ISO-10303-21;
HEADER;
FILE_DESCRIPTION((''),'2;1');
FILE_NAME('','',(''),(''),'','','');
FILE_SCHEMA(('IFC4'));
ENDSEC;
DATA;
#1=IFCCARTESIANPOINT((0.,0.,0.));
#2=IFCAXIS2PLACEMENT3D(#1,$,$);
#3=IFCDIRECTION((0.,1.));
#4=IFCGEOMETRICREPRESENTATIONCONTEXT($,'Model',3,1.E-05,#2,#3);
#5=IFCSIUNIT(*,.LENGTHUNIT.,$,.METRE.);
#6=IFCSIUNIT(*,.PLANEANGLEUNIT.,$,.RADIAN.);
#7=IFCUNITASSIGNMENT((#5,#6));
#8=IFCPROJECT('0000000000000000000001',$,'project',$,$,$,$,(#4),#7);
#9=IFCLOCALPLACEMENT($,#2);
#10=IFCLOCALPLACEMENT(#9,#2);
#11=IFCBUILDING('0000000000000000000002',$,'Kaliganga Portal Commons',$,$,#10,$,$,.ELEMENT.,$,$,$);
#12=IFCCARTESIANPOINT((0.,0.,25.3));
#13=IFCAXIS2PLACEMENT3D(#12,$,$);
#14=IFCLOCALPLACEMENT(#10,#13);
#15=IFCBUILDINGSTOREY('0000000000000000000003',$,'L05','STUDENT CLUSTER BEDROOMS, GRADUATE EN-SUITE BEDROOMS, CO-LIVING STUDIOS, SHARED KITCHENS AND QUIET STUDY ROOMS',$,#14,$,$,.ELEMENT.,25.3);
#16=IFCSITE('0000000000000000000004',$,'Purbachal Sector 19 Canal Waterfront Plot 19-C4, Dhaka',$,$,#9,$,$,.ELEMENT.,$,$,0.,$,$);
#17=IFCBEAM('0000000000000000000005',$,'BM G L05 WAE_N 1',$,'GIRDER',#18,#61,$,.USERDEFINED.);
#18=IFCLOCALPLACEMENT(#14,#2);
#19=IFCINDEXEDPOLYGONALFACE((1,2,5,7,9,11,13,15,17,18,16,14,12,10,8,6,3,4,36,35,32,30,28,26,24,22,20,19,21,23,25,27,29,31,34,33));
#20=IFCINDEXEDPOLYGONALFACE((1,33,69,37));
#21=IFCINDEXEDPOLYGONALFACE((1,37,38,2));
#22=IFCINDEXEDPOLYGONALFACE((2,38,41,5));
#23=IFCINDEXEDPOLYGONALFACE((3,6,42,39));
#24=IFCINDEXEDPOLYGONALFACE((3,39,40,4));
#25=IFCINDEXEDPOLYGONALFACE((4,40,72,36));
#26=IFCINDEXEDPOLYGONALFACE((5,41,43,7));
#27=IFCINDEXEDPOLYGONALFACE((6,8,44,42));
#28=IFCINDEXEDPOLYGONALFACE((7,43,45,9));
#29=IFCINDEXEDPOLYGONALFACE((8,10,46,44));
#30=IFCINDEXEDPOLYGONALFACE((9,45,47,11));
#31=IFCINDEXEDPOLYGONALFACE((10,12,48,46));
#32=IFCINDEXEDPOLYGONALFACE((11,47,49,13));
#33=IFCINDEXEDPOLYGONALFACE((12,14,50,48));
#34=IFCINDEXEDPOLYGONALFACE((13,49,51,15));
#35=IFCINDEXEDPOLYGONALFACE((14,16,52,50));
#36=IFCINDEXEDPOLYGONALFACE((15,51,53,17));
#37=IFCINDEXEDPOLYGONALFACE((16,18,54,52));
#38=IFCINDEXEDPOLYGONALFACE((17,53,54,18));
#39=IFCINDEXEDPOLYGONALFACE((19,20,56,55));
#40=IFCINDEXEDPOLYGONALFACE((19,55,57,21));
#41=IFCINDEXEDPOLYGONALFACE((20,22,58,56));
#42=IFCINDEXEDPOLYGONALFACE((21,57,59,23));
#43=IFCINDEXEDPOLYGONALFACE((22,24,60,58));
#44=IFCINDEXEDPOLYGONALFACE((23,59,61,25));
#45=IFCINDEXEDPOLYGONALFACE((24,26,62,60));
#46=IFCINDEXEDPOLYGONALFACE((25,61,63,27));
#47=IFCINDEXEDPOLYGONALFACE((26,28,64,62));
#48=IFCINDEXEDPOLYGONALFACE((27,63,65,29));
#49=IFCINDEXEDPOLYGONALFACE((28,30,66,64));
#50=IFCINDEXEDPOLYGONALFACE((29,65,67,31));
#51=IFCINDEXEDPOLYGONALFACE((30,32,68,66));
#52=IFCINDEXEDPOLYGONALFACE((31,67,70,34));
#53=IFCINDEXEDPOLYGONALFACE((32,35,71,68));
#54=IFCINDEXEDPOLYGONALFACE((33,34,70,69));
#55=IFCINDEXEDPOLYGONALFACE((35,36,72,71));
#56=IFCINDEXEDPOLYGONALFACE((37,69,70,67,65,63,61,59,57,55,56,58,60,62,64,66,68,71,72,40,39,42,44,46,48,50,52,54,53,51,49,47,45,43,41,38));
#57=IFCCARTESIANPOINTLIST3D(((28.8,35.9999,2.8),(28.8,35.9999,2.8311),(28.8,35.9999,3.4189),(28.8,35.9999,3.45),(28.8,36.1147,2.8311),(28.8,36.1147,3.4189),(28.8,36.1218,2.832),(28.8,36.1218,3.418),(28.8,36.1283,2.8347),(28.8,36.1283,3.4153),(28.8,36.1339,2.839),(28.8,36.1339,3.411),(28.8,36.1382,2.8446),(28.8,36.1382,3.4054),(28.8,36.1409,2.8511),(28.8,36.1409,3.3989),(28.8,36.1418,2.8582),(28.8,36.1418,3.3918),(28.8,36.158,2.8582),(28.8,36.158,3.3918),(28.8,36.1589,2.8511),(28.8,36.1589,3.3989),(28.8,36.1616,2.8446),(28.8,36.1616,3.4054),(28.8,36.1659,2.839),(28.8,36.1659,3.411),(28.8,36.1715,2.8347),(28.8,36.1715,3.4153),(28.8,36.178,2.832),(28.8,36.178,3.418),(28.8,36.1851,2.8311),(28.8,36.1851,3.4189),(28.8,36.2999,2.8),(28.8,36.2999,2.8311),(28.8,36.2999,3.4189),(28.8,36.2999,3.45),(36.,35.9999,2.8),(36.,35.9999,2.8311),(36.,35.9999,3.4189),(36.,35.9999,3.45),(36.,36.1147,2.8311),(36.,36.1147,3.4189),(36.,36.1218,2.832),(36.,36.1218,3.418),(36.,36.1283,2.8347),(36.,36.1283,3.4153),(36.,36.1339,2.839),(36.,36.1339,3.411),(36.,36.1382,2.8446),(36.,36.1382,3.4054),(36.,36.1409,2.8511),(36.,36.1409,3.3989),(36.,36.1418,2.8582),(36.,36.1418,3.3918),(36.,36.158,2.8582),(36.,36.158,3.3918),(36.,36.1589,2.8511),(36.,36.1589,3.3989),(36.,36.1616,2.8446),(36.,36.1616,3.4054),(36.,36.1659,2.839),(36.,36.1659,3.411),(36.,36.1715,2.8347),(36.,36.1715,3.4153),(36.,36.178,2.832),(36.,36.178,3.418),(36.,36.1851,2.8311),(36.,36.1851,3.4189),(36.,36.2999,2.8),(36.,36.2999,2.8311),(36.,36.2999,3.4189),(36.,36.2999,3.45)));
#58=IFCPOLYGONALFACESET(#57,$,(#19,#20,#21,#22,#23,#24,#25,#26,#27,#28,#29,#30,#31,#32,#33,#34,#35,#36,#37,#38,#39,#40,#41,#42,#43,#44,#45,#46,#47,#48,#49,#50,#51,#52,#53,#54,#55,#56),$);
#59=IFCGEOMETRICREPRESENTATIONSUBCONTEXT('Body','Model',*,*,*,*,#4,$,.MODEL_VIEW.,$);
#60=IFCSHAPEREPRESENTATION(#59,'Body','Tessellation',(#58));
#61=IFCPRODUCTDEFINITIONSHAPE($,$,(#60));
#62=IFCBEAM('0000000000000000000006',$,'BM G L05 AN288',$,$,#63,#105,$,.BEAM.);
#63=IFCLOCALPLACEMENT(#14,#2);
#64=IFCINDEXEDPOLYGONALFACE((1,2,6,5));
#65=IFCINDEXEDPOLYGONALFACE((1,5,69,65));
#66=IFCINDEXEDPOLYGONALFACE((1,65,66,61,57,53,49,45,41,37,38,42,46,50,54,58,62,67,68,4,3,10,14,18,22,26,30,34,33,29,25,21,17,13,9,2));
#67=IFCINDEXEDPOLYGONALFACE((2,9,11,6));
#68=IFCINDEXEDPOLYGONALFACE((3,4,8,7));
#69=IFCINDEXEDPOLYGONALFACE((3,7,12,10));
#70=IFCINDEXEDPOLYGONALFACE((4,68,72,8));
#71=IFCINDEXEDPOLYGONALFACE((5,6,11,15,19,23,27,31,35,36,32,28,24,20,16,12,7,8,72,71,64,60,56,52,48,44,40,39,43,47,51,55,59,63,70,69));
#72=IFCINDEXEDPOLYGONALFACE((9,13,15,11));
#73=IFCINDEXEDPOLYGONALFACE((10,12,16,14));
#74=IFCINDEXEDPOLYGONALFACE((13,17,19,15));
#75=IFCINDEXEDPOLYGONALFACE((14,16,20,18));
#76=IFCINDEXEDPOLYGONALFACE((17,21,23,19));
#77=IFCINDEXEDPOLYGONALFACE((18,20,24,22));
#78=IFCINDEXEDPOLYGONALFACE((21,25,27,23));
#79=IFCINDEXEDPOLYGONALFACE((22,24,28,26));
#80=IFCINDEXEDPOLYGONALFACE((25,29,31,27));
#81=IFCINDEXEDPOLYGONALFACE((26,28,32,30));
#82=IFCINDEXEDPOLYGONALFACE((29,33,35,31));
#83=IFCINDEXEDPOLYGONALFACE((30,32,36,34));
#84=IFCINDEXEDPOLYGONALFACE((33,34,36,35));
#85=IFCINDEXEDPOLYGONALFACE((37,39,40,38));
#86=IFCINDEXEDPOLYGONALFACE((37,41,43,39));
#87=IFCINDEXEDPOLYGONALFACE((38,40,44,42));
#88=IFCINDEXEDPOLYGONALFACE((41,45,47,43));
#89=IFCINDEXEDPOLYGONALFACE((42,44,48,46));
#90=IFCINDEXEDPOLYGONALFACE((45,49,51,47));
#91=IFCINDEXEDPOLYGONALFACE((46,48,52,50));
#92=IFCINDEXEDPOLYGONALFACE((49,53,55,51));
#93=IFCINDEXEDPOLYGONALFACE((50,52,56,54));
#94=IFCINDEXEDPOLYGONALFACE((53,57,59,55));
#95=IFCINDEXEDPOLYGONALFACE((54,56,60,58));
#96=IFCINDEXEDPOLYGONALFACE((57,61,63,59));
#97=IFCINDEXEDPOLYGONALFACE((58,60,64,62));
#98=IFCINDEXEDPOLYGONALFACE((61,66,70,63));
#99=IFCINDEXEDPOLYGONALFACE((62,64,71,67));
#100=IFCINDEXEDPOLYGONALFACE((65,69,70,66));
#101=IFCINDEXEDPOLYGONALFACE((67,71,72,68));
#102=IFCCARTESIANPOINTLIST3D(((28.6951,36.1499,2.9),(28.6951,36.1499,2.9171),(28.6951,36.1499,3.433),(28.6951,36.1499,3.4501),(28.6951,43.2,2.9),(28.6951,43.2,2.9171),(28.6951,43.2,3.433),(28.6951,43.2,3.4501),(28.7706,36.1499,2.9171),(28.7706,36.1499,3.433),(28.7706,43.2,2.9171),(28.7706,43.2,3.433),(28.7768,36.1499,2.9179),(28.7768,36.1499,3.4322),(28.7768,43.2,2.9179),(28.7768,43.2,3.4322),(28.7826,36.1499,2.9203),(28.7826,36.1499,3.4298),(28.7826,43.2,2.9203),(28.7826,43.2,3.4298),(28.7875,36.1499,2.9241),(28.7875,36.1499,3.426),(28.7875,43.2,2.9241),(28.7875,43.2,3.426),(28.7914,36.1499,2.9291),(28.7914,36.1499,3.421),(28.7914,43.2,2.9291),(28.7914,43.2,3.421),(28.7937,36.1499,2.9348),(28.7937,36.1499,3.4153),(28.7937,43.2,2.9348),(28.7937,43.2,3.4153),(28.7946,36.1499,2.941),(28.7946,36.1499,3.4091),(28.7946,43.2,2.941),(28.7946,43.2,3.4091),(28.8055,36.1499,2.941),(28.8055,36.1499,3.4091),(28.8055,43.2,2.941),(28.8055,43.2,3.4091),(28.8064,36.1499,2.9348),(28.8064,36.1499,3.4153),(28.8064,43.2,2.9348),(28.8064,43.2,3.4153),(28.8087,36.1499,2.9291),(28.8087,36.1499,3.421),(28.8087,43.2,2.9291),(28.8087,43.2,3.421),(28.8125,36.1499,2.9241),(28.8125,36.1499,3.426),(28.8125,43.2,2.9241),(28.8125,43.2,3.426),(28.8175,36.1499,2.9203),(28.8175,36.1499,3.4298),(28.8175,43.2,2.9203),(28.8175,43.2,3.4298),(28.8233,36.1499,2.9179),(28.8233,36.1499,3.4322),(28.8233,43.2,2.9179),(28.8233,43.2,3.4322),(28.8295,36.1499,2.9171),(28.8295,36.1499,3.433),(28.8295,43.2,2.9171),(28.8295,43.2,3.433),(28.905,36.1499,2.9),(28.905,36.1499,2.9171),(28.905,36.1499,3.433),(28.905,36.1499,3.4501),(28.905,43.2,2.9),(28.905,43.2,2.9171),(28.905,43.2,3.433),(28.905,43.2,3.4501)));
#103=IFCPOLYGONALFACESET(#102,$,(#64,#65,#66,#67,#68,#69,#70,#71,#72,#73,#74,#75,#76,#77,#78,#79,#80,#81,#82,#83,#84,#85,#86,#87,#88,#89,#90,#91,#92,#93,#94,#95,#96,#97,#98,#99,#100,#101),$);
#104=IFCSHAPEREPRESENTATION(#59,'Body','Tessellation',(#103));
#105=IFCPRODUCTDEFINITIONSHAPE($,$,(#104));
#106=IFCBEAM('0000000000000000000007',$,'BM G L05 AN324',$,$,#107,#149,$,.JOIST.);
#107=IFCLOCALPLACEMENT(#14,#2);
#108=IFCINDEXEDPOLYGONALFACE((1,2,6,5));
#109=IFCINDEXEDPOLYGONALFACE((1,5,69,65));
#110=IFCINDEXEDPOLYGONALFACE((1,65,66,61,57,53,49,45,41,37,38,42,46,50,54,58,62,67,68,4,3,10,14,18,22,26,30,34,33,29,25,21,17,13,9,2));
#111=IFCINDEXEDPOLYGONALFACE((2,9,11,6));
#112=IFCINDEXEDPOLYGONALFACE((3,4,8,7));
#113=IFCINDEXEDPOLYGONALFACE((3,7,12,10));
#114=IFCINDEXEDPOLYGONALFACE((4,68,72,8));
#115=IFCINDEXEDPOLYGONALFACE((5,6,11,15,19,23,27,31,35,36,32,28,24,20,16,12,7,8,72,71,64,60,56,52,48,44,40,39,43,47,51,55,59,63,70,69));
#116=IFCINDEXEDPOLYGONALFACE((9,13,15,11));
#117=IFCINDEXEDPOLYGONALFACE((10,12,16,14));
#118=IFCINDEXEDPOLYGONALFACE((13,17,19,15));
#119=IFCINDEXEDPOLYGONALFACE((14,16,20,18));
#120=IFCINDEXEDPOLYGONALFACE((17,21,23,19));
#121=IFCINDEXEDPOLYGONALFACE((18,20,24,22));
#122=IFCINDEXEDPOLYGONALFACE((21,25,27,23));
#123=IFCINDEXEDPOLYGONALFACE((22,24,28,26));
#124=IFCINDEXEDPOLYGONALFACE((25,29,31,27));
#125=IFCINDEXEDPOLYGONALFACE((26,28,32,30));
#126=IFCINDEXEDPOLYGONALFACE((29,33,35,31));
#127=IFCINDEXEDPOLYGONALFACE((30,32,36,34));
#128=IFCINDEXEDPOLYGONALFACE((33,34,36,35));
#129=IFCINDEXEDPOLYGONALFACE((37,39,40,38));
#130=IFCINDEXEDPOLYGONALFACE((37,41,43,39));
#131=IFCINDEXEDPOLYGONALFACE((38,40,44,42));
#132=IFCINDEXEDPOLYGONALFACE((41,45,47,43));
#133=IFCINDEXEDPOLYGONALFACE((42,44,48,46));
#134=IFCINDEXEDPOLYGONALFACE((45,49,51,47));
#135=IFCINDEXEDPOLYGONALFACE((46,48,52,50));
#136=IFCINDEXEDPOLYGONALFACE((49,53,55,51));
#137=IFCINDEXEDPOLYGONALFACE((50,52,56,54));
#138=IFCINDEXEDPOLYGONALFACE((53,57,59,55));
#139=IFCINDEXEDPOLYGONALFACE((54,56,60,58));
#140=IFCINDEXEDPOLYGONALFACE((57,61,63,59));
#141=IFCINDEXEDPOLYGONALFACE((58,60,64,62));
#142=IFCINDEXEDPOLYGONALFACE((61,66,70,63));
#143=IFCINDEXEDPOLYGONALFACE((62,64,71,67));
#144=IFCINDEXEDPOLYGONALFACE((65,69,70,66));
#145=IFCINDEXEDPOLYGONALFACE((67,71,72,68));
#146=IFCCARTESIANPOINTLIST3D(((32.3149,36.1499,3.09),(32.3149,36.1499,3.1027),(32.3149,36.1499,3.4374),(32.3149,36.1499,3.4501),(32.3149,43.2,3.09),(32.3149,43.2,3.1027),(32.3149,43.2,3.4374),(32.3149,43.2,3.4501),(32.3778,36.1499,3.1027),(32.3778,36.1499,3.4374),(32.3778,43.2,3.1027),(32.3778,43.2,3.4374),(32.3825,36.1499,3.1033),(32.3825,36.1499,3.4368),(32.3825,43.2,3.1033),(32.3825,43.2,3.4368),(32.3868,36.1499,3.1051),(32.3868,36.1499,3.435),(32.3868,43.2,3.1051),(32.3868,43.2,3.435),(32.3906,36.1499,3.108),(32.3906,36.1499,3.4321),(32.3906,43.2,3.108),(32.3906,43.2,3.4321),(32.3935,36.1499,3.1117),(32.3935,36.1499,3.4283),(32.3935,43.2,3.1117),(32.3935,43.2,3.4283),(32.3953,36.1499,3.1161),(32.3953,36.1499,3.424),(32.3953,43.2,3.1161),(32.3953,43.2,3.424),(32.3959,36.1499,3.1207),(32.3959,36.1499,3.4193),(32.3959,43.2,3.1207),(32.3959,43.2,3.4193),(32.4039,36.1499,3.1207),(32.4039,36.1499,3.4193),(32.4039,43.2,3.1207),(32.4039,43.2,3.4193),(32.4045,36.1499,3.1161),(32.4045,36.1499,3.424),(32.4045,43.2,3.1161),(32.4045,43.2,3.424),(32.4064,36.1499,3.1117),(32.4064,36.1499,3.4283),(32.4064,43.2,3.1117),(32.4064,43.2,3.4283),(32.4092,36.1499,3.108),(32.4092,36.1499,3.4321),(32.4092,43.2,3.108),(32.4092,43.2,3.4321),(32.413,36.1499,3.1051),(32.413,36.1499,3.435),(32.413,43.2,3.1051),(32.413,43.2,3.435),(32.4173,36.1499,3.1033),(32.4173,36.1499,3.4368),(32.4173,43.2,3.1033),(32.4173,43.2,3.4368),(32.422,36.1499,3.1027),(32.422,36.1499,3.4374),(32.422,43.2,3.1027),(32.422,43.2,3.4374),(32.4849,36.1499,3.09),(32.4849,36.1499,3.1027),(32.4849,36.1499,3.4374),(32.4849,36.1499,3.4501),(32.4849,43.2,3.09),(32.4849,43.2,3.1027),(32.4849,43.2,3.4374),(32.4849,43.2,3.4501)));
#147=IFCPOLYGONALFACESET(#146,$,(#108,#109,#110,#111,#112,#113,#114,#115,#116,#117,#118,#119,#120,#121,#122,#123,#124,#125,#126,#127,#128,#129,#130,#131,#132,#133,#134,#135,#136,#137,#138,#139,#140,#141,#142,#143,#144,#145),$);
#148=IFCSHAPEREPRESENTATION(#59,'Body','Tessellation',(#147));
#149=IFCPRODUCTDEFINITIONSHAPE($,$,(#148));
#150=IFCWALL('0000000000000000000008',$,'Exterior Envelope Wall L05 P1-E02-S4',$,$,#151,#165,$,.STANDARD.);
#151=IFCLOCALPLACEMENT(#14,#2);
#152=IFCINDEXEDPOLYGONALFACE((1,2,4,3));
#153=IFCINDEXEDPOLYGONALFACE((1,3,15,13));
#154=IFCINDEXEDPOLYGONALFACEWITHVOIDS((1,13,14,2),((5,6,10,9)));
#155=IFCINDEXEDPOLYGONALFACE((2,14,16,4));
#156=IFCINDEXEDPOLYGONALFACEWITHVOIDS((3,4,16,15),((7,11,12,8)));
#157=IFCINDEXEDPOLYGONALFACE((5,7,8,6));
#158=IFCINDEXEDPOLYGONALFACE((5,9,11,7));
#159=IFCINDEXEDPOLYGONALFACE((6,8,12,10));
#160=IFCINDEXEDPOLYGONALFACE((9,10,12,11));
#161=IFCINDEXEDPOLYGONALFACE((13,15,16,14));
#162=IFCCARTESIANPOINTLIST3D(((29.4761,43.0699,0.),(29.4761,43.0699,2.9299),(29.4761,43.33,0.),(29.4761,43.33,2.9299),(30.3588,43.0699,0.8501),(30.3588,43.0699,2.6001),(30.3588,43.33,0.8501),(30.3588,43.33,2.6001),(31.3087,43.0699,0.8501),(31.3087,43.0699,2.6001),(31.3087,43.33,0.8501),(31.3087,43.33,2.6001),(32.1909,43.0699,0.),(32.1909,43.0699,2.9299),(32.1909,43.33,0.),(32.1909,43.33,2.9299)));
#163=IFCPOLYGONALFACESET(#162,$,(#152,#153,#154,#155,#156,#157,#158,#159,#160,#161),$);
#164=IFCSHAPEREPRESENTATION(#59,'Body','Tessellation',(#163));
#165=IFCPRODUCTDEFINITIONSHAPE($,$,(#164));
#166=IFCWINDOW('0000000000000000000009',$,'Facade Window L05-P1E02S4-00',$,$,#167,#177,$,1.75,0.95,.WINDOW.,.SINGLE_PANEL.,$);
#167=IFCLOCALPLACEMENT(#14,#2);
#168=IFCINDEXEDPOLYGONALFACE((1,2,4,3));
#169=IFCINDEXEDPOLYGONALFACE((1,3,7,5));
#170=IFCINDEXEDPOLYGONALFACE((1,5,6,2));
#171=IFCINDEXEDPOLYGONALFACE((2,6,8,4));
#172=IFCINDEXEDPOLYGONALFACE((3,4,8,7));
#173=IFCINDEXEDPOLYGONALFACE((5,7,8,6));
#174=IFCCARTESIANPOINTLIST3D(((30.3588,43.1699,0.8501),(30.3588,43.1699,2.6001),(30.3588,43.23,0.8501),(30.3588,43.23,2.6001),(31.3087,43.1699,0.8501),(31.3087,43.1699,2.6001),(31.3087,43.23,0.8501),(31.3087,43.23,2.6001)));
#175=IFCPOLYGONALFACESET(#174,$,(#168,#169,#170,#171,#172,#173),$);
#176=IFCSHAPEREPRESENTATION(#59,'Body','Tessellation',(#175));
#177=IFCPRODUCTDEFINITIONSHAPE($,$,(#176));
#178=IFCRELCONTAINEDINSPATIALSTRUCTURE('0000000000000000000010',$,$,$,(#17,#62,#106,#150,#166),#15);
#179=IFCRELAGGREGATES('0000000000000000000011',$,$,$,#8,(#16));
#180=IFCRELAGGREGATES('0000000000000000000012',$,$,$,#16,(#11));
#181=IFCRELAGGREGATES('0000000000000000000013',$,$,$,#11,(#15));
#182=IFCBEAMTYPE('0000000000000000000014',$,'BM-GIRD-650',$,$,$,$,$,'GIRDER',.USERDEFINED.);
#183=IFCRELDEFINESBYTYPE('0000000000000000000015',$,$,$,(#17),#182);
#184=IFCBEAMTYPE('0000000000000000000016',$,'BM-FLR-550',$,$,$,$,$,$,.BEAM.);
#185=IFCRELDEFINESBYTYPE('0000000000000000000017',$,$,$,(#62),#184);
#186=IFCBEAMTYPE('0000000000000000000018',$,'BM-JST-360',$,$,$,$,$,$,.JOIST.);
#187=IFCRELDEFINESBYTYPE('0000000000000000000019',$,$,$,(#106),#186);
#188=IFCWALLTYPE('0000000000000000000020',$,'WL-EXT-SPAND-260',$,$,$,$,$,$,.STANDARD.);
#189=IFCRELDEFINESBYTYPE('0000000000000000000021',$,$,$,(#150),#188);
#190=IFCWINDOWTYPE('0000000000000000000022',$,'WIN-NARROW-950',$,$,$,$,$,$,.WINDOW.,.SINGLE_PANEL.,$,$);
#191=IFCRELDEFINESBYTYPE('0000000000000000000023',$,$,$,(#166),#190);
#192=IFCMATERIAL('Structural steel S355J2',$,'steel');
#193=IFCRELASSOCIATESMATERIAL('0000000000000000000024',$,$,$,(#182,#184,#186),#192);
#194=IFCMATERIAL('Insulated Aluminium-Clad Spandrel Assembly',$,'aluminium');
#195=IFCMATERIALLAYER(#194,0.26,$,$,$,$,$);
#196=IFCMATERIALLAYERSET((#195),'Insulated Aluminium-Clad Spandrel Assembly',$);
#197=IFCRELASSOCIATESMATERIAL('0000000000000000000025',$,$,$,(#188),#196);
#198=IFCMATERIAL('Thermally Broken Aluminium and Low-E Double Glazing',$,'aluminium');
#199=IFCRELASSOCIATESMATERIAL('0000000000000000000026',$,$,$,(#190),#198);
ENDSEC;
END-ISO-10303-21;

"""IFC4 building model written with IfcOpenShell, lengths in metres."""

from ifc_helpers import new_model, si_unit, direction, frame, frame_2d, origin, origin_2d, place, context, subcontext, project, spatial, rectangle, i_section, extrude, source, transform, mapped, material, layer, layer_set, material_profile, profile_set, type_object, element, fill, save


model = new_model("IFC4")

# Units and contexts
model_context = context("Model", 3, precision=1e-05, world=origin(), true_north=direction((0.0, 1.0)))
body_context = subcontext(model_context, "Body", "Model", "MODEL_VIEW")
ifc_project = project(units=[si_unit("LENGTHUNIT", "METRE"), si_unit("PLANEANGLEUNIT", "RADIAN")], contexts=[model_context])

# Site, building, storey
site_placement = place(None, origin())
site = spatial("IfcSite", under=ifc_project, at=site_placement, Name="Purbachal Sector 19 Canal Waterfront Plot 19-C4, Dhaka", CompositionType="ELEMENT", RefElevation=0.0)
building_placement = place(site_placement, origin())
building = spatial("IfcBuilding", under=site, at=building_placement, Name="Kaliganga Portal Commons", CompositionType="ELEMENT")
storey_placement = place(building_placement, frame((0.0, 0.0, 25.3)))
storey = spatial("IfcBuildingStorey", under=building, at=storey_placement, Name="L05", Description="STUDENT CLUSTER BEDROOMS, GRADUATE EN-SUITE BEDROOMS, CO-LIVING STUDIOS, SHARED KITCHENS AND QUIET STUDY ROOMS", CompositionType="ELEMENT", Elevation=25.3)

# Beams
ifc_material_1 = material(Name="Structural steel S355J2", Category="steel")
ifc_material_profile_1 = material_profile(ifc_material_1, i_section(OverallWidth=0.3, OverallDepth=0.6499, WebThickness=0.0161, FlangeThickness=0.031, FilletRadius=0.0271, at=origin_2d()), Name="HE 650 B")
ifc_profile_set_1 = profile_set([ifc_material_profile_1], Name="Structural steel S355J2 wide-flange")
beam_type_1 = type_object("IfcBeamType", Name="BM-GIRD-650", ElementType="GIRDER", PredefinedType="USERDEFINED", material=ifc_profile_set_1)
shared_shape_1 = source(origin(), body_context, "Body", "SweptSolid", [
    extrude(i_section(OverallWidth=0.3, OverallDepth=0.6499, WebThickness=0.0161, FlangeThickness=0.031, FilletRadius=0.0271, at=origin_2d()), origin(), (0.0, 0.0, 1.0), 7.2),
])
beam_1_placement = place(storey_placement, frame((28.8, 36.1499, 3.125), z_axis=(1.0, 0.0, 0.0), x_axis=(0.0, 1.0, 0.0)))
element("IfcBeam", 1, at=beam_1_placement, inside=storey, type_object=beam_type_1, Name="BM G L05 WAE_N 1", ObjectType="GIRDER", PredefinedType="USERDEFINED", context=body_context, shape_type="MappedRepresentation", body=[
    mapped(shared_shape_1, transform((0.0, 0.0, 0.0), x_axis=(1.0, 0.0, 0.0), y_axis=(0.0, 1.0, 0.0), z_axis=(0.0, 0.0, 1.0), scale=1.0)),
])
ifc_material_profile_2 = material_profile(ifc_material_1, i_section(OverallWidth=0.21, OverallDepth=0.55, WebThickness=0.011, FlangeThickness=0.0171, FilletRadius=0.0239, at=origin_2d()), Name="IPE 550")
ifc_profile_set_2 = profile_set([ifc_material_profile_2], Name="Structural steel S355J2 wide-flange")
beam_type_2 = type_object("IfcBeamType", Name="BM-FLR-550", PredefinedType="BEAM", material=ifc_profile_set_2)
shared_shape_2 = source(origin(), body_context, "Body", "SweptSolid", [
    extrude(i_section(OverallWidth=0.21, OverallDepth=0.55, WebThickness=0.011, FlangeThickness=0.0171, FilletRadius=0.0239, at=origin_2d()), origin(), (0.0, 0.0, 1.0), 7.05),
])
beam_2_placement = place(storey_placement, frame((28.8, 36.1499, 3.175), z_axis=(0.0, 1.0, 0.0), x_axis=(-1.0, 0.0, 0.0)))
element("IfcBeam", 2, at=beam_2_placement, inside=storey, type_object=beam_type_2, Name="BM G L05 AN288", PredefinedType="BEAM", context=body_context, shape_type="MappedRepresentation", body=[
    mapped(shared_shape_2, transform((0.0, 0.0, 0.0), x_axis=(1.0, 0.0, 0.0), y_axis=(0.0, 1.0, 0.0), z_axis=(0.0, 0.0, 1.0), scale=1.0)),
])
ifc_material_profile_3 = material_profile(ifc_material_1, i_section(OverallWidth=0.1699, OverallDepth=0.3601, WebThickness=0.0081, FlangeThickness=0.0127, FilletRadius=0.0181, at=origin_2d()), Name="IPE 360")
ifc_profile_set_3 = profile_set([ifc_material_profile_3], Name="Structural steel S355J2 wide-flange")
beam_type_3 = type_object("IfcBeamType", Name="BM-JST-360", PredefinedType="JOIST", material=ifc_profile_set_3)
shared_shape_3 = source(origin(), body_context, "Body", "SweptSolid", [
    extrude(i_section(OverallWidth=0.1699, OverallDepth=0.3601, WebThickness=0.0081, FlangeThickness=0.0127, FilletRadius=0.0181, at=origin_2d()), origin(), (0.0, 0.0, 1.0), 7.05),
])
beam_3_placement = place(storey_placement, frame((32.3999, 36.1499, 3.27), z_axis=(0.0, 1.0, 0.0), x_axis=(-1.0, 0.0, 0.0)))
element("IfcBeam", 3, at=beam_3_placement, inside=storey, type_object=beam_type_3, Name="BM G L05 AN324", PredefinedType="JOIST", context=body_context, shape_type="MappedRepresentation", body=[
    mapped(shared_shape_3, transform((0.0, 0.0, 0.0), x_axis=(1.0, 0.0, 0.0), y_axis=(0.0, 1.0, 0.0), z_axis=(0.0, 0.0, 1.0), scale=1.0)),
])

# Wall, opening, window
ifc_material_2 = material(Name="Insulated Aluminium-Clad Spandrel Assembly", Category="aluminium")
ifc_layer_1 = layer(ifc_material_2, 0.26)
ifc_layer_set_1 = layer_set([ifc_layer_1], Name="Insulated Aluminium-Clad Spandrel Assembly")
wall_type_1 = type_object("IfcWallType", Name="WL-EXT-SPAND-260", PredefinedType="STANDARD", material=ifc_layer_set_1)
wall_1_placement = place(storey_placement, frame((29.4761, 43.2, 0.0), z_axis=(0.0, 0.0, 1.0), x_axis=(1.0, 0.0, 0.0)))
wall_1 = element("IfcWall", 4, at=wall_1_placement, inside=storey, type_object=wall_type_1, Name="Exterior Envelope Wall L05 P1-E02-S4", PredefinedType="STANDARD", context=body_context, shape_type="SweptSolid", body=[
    extrude(rectangle(XDim=2.7148, YDim=0.26, at=frame_2d((1.3574, 0.0))), origin(), (0.0, 0.0, 1.0), 2.9299),
])
opening_1_placement = place(wall_1_placement, frame((0.8826, 0.0, 0.8501)))
opening_1 = element("IfcOpeningElement", 5, at=opening_1_placement, cuts=wall_1, PredefinedType="OPENING", context=body_context, shape_type="SweptSolid", body=[
    extrude(rectangle(XDim=0.95, YDim=1.75, at=frame_2d((0.4751, 0.875))), frame((0.0, 0.1401, 0.0), z_axis=(0.0, -1.0, 0.0), x_axis=(1.0, 0.0, 0.0)), (0.0, 0.0, 1.0), 0.28),
])
ifc_material_3 = material(Name="Thermally Broken Aluminium and Low-E Double Glazing", Category="aluminium")
window_type = type_object("IfcWindowType", Name="WIN-NARROW-950", PartitioningType="SINGLE_PANEL", PredefinedType="WINDOW", material=ifc_material_3)
window_placement = place(opening_1_placement, origin())
window = element("IfcWindow", 6, at=window_placement, inside=storey, type_object=window_type, Name="Facade Window L05-P1E02S4-00", OverallHeight=1.75, OverallWidth=0.95, PartitioningType="SINGLE_PANEL", PredefinedType="WINDOW", context=body_context, shape_type="SweptSolid", body=[
    extrude(rectangle(XDim=0.95, YDim=1.75, at=frame_2d((0.4751, 0.875))), frame((0.0, 0.03, 0.0), z_axis=(0.0, -1.0, 0.0), x_axis=(1.0, 0.0, 0.0)), (0.0, 0.0, 1.0), 0.0601),
])
fill(opening_1, window)

save(model, "model.ifc")
